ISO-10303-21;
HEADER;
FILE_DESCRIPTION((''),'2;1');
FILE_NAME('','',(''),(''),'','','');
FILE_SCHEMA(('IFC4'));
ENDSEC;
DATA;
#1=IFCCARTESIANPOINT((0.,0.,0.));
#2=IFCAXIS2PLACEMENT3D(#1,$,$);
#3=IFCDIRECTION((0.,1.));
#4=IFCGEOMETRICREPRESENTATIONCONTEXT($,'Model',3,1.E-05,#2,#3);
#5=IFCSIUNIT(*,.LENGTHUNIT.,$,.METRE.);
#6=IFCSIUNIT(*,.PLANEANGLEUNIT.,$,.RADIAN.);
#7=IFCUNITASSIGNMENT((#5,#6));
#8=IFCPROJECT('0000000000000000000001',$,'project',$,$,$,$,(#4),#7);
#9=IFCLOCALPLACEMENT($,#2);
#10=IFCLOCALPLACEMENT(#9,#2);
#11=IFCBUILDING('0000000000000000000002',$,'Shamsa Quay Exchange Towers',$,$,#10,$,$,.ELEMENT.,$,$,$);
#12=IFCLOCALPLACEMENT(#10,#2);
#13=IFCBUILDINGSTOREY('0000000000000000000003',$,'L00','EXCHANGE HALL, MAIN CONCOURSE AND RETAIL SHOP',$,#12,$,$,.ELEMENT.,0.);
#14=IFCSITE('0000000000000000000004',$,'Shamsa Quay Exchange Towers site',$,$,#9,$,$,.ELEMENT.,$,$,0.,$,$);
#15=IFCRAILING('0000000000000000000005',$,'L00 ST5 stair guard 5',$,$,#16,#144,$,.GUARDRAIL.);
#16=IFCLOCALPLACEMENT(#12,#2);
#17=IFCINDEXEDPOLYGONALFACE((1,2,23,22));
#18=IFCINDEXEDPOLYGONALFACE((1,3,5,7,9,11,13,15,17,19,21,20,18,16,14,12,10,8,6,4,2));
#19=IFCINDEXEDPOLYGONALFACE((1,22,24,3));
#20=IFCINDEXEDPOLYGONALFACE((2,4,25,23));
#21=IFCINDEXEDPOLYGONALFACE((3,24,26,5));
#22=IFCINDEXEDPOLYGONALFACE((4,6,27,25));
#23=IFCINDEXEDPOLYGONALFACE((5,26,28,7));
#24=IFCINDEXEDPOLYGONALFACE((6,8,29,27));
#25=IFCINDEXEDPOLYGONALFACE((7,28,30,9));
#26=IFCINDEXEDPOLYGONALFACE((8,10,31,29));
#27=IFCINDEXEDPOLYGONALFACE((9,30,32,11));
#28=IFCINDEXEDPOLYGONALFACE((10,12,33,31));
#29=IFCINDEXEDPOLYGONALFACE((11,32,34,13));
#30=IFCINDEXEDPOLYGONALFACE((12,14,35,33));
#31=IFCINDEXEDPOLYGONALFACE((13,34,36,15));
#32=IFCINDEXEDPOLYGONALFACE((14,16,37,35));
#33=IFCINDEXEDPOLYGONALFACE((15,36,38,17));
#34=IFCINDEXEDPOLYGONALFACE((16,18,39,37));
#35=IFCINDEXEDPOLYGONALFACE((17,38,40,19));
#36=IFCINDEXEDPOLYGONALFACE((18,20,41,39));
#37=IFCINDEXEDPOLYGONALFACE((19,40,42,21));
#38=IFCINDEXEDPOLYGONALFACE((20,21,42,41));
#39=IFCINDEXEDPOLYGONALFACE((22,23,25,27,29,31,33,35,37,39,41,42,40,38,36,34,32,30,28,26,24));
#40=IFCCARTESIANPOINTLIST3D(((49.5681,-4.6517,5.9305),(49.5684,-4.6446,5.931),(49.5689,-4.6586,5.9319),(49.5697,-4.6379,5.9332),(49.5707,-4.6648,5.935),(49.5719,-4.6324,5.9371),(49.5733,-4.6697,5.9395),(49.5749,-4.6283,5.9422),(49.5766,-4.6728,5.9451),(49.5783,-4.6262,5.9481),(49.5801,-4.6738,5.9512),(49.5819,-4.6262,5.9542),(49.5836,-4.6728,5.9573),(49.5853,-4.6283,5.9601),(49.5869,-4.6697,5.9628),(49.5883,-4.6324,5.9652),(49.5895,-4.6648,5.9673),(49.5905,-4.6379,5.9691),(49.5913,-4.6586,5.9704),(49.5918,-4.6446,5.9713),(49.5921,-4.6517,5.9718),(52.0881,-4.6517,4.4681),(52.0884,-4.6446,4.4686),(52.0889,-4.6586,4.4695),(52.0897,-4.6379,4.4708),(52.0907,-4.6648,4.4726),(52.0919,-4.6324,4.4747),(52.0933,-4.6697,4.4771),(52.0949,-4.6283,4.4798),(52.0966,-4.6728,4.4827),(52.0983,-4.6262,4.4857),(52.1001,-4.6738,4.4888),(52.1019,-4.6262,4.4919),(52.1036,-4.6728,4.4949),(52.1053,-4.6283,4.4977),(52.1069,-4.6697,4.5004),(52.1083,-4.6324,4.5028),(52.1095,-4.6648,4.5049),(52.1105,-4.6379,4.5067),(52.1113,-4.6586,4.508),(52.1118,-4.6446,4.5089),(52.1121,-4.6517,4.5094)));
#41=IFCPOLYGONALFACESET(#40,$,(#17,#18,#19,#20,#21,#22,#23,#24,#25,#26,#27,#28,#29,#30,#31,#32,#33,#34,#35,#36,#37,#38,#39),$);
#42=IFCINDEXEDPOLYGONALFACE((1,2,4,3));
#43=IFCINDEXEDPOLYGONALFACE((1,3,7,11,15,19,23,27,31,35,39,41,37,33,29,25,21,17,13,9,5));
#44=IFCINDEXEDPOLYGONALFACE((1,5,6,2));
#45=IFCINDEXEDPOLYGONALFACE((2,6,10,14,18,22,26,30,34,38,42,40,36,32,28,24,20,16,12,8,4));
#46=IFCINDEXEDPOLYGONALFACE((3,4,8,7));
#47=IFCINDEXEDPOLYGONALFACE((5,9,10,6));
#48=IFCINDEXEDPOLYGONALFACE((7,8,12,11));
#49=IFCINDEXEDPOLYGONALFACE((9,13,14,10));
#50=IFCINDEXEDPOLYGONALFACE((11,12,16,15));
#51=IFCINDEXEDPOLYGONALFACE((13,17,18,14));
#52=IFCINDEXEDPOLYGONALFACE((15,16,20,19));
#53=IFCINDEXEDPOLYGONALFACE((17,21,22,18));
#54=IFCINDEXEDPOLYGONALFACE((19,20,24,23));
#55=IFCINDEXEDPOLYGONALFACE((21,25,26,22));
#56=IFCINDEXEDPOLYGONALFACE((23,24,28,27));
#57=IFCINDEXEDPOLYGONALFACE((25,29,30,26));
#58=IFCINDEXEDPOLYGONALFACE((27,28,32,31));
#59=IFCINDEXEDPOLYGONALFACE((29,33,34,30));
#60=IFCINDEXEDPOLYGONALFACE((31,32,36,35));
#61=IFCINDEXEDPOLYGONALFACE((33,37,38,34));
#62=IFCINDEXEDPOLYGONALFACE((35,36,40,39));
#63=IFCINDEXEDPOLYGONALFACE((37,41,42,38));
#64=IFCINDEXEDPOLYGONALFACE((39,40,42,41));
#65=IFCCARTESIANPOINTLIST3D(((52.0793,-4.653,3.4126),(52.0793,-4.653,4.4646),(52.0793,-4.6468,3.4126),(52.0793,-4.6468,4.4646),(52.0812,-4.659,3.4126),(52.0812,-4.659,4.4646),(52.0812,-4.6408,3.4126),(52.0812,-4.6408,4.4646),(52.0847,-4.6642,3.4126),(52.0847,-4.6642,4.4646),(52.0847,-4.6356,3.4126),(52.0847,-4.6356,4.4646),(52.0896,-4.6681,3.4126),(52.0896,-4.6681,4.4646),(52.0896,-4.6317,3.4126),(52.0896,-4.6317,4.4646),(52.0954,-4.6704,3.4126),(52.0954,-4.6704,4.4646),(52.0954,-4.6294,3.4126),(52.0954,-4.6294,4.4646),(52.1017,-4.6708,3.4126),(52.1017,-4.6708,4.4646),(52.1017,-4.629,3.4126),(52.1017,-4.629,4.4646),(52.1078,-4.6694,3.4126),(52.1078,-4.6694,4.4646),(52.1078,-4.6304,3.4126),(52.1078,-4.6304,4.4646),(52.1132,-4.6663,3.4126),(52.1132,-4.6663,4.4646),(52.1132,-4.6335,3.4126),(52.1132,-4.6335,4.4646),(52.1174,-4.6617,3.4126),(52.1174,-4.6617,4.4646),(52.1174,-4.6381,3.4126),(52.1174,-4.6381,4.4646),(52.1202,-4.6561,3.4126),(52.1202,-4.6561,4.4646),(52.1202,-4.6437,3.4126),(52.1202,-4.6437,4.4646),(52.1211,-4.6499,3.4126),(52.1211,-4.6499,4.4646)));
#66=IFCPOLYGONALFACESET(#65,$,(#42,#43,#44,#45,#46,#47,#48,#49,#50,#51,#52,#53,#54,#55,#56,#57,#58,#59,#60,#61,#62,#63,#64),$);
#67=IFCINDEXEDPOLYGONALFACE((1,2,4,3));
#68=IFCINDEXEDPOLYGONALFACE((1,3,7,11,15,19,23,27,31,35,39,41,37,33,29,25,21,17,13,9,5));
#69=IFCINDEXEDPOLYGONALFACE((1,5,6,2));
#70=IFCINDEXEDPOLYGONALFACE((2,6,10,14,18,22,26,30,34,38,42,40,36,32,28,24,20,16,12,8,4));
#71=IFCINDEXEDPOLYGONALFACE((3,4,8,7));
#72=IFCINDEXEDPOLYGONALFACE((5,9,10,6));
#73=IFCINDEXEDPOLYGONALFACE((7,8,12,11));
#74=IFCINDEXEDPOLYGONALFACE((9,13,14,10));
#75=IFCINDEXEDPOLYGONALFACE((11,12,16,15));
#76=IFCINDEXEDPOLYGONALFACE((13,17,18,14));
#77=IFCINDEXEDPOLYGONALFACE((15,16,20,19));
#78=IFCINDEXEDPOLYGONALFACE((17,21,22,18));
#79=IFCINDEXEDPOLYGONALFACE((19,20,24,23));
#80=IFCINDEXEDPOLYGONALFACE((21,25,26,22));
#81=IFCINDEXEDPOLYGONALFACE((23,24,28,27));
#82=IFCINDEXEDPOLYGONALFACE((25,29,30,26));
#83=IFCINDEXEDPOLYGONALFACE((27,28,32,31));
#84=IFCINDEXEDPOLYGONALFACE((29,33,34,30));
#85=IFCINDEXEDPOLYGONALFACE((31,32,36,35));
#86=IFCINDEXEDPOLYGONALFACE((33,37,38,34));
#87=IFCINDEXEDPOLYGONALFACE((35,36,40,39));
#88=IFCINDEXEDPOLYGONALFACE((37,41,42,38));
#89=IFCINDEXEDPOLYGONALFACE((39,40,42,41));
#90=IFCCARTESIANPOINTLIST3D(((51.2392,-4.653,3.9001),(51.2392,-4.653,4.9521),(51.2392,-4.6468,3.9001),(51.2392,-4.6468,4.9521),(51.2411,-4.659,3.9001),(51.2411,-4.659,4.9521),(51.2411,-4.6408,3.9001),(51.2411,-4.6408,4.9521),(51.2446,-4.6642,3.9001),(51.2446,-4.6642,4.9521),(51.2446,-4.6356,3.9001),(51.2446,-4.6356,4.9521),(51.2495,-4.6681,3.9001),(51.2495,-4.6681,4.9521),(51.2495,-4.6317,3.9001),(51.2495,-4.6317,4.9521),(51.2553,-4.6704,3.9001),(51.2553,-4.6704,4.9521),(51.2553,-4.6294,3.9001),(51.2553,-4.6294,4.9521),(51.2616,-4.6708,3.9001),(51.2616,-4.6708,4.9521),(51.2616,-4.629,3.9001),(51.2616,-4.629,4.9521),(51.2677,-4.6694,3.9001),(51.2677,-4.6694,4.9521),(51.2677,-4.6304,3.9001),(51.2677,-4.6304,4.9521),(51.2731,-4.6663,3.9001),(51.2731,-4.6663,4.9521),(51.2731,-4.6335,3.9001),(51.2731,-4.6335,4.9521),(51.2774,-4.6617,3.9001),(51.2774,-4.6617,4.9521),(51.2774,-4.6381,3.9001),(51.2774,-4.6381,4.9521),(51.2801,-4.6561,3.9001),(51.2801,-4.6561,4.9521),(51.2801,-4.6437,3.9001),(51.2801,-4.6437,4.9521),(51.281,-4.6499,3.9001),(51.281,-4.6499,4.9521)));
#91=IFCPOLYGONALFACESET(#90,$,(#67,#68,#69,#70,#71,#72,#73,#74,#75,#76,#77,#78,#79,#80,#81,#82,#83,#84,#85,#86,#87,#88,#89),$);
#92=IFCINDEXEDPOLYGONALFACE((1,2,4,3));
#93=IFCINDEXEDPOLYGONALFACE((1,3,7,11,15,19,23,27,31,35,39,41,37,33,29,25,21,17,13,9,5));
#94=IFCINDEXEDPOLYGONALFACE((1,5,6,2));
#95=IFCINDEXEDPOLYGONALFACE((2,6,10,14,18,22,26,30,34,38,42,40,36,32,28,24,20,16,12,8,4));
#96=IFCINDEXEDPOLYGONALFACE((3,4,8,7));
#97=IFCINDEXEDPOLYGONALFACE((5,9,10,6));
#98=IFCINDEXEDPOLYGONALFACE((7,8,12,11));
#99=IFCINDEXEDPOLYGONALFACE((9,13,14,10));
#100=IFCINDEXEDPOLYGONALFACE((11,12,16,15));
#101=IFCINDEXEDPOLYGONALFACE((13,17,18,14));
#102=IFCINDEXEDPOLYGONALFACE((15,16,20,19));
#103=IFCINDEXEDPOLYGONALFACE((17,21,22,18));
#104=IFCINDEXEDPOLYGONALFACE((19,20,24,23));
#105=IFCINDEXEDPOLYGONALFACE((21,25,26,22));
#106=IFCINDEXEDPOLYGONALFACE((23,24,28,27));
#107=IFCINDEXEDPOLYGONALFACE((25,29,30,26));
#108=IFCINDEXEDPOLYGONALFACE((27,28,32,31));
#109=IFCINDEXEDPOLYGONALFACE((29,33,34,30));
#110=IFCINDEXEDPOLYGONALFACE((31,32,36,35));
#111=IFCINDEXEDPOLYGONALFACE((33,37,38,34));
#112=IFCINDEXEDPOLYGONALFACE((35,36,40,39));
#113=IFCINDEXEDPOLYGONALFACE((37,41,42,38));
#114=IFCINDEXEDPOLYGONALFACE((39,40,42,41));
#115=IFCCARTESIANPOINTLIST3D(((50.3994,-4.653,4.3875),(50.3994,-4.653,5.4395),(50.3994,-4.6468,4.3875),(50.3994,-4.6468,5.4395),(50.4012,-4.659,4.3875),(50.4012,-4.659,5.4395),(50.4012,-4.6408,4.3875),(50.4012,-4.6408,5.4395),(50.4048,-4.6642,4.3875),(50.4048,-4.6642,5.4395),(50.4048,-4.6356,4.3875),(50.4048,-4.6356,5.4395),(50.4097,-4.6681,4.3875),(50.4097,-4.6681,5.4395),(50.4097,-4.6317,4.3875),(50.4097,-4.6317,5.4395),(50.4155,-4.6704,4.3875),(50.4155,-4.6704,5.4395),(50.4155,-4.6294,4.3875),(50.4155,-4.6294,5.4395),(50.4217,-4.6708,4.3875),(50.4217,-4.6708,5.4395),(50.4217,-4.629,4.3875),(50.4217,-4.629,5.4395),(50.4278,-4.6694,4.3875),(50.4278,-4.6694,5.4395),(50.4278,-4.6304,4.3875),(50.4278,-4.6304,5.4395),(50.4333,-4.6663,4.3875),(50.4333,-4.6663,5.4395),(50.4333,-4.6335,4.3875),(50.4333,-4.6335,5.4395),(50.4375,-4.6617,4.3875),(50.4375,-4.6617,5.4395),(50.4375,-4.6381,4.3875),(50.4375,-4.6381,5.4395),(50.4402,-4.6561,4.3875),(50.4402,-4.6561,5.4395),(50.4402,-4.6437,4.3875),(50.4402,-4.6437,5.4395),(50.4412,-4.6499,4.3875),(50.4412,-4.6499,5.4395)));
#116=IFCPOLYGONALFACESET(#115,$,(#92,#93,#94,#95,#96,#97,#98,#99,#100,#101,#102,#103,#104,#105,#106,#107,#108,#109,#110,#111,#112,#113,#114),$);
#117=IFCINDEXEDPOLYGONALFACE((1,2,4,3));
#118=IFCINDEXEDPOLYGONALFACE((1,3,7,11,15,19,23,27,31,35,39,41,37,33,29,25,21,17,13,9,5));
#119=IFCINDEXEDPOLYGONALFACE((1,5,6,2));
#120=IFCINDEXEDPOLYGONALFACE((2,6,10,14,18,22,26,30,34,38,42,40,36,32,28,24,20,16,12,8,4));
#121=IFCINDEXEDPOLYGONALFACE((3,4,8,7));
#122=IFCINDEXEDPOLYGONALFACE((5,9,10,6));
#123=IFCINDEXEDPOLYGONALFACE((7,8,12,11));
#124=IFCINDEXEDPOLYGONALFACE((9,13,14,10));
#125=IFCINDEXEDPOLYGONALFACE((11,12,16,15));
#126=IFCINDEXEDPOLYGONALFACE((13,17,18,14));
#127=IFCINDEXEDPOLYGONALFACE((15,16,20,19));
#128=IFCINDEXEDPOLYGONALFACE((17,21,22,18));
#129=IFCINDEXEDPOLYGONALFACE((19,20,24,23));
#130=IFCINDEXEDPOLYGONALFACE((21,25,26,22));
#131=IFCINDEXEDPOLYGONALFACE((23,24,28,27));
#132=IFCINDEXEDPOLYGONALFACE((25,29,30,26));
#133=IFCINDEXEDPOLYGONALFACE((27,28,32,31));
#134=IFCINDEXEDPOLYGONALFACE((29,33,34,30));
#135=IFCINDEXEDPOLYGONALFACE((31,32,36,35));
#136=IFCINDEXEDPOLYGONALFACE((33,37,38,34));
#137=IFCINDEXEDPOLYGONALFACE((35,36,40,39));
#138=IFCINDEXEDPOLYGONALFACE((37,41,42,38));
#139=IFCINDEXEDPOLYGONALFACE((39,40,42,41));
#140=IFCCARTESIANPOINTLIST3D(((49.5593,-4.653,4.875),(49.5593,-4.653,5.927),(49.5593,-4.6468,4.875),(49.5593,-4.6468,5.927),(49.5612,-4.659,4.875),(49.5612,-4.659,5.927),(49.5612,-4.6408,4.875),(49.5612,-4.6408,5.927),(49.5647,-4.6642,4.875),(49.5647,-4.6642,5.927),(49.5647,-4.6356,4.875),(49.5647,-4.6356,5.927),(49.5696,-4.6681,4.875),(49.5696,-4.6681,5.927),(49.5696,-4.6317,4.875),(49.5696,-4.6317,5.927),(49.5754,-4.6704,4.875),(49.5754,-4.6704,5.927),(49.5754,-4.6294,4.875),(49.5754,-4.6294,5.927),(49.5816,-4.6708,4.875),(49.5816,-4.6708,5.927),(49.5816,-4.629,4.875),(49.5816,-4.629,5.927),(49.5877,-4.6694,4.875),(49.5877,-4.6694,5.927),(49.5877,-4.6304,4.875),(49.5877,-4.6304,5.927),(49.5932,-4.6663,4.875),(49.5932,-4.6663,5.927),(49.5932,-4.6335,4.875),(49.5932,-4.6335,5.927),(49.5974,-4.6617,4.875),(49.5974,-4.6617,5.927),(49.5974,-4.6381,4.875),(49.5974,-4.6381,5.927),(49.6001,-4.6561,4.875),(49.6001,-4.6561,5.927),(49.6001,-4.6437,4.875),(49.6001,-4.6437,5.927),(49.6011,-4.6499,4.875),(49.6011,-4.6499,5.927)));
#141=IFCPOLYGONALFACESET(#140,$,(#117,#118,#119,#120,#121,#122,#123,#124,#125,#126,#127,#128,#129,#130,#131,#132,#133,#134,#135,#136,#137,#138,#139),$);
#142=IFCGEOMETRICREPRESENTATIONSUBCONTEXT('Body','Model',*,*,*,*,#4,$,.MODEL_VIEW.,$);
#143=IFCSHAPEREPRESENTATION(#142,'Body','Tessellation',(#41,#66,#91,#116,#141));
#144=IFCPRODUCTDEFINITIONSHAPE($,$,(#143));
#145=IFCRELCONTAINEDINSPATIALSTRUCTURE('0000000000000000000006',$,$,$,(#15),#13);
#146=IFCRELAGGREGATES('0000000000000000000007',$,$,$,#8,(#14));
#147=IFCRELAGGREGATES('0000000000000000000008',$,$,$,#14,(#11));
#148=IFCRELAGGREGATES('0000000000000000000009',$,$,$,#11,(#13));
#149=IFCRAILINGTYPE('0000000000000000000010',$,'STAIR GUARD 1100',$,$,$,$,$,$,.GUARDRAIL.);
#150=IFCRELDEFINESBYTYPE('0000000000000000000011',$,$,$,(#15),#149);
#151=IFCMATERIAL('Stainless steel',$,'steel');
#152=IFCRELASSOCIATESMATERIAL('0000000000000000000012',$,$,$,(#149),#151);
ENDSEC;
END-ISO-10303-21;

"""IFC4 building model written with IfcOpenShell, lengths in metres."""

from ifc_helpers import new_model, si_unit, direction, frame, origin, origin_2d, place, context, subcontext, project, spatial, circle, extrude, material, type_object, element, save


model = new_model("IFC4")

# Units and contexts
model_context = context("Model", 3, precision=1e-05, world=origin(), true_north=direction((0.0, 1.0)))
body_context = subcontext(model_context, "Body", "Model", "MODEL_VIEW")
ifc_project = project(units=[si_unit("LENGTHUNIT", "METRE"), si_unit("PLANEANGLEUNIT", "RADIAN")], contexts=[model_context])

# Site, building, storey
site_placement = place(None, origin())
site = spatial("IfcSite", under=ifc_project, at=site_placement, Name="Shamsa Quay Exchange Towers site", CompositionType="ELEMENT", RefElevation=0.0)
building_placement = place(site_placement, origin())
building = spatial("IfcBuilding", under=site, at=building_placement, Name="Shamsa Quay Exchange Towers", CompositionType="ELEMENT")
storey_placement = place(building_placement, origin())
storey = spatial("IfcBuildingStorey", under=building, at=storey_placement, Name="L00", Description="EXCHANGE HALL, MAIN CONCOURSE AND RETAIL SHOP", CompositionType="ELEMENT", Elevation=0.0)

# Railing
ifc_material_1 = material(Name="Stainless steel", Category="steel")
railing_type_1 = type_object("IfcRailingType", Name="STAIR GUARD 1100", PredefinedType="GUARDRAIL", material=ifc_material_1)
railing_1_placement = place(storey_placement, frame((52.1001, -4.6499, 3.4126)))
element("IfcRailing", 1, at=railing_1_placement, inside=storey, type_object=railing_type_1, Name="L00 ST5 stair guard 5", PredefinedType="GUARDRAIL", context=body_context, shape_type="SweptSolid", body=[
    extrude(circle(Radius=0.0239, at=origin_2d()), frame((0.0, 0.0, 1.0762), z_axis=(-0.864913, 0.0, 0.501921), x_axis=(0.0, -1.0, 0.0)), (0.0, 0.0, 1.0), 2.9136),
    extrude(circle(Radius=0.021, at=origin_2d()), origin(), (0.0, 0.0, 1.0), 1.052),
    extrude(circle(Radius=0.021, at=origin_2d()), frame((-0.8401, 0.0, 0.4875)), (0.0, 0.0, 1.0), 1.052),
    extrude(circle(Radius=0.021, at=origin_2d()), frame((-1.6799, 0.0, 0.9749)), (0.0, 0.0, 1.0), 1.052),
    extrude(circle(Radius=0.021, at=origin_2d()), frame((-2.52, 0.0, 1.4624)), (0.0, 0.0, 1.0), 1.052),
])

save(model, "model.ifc")
